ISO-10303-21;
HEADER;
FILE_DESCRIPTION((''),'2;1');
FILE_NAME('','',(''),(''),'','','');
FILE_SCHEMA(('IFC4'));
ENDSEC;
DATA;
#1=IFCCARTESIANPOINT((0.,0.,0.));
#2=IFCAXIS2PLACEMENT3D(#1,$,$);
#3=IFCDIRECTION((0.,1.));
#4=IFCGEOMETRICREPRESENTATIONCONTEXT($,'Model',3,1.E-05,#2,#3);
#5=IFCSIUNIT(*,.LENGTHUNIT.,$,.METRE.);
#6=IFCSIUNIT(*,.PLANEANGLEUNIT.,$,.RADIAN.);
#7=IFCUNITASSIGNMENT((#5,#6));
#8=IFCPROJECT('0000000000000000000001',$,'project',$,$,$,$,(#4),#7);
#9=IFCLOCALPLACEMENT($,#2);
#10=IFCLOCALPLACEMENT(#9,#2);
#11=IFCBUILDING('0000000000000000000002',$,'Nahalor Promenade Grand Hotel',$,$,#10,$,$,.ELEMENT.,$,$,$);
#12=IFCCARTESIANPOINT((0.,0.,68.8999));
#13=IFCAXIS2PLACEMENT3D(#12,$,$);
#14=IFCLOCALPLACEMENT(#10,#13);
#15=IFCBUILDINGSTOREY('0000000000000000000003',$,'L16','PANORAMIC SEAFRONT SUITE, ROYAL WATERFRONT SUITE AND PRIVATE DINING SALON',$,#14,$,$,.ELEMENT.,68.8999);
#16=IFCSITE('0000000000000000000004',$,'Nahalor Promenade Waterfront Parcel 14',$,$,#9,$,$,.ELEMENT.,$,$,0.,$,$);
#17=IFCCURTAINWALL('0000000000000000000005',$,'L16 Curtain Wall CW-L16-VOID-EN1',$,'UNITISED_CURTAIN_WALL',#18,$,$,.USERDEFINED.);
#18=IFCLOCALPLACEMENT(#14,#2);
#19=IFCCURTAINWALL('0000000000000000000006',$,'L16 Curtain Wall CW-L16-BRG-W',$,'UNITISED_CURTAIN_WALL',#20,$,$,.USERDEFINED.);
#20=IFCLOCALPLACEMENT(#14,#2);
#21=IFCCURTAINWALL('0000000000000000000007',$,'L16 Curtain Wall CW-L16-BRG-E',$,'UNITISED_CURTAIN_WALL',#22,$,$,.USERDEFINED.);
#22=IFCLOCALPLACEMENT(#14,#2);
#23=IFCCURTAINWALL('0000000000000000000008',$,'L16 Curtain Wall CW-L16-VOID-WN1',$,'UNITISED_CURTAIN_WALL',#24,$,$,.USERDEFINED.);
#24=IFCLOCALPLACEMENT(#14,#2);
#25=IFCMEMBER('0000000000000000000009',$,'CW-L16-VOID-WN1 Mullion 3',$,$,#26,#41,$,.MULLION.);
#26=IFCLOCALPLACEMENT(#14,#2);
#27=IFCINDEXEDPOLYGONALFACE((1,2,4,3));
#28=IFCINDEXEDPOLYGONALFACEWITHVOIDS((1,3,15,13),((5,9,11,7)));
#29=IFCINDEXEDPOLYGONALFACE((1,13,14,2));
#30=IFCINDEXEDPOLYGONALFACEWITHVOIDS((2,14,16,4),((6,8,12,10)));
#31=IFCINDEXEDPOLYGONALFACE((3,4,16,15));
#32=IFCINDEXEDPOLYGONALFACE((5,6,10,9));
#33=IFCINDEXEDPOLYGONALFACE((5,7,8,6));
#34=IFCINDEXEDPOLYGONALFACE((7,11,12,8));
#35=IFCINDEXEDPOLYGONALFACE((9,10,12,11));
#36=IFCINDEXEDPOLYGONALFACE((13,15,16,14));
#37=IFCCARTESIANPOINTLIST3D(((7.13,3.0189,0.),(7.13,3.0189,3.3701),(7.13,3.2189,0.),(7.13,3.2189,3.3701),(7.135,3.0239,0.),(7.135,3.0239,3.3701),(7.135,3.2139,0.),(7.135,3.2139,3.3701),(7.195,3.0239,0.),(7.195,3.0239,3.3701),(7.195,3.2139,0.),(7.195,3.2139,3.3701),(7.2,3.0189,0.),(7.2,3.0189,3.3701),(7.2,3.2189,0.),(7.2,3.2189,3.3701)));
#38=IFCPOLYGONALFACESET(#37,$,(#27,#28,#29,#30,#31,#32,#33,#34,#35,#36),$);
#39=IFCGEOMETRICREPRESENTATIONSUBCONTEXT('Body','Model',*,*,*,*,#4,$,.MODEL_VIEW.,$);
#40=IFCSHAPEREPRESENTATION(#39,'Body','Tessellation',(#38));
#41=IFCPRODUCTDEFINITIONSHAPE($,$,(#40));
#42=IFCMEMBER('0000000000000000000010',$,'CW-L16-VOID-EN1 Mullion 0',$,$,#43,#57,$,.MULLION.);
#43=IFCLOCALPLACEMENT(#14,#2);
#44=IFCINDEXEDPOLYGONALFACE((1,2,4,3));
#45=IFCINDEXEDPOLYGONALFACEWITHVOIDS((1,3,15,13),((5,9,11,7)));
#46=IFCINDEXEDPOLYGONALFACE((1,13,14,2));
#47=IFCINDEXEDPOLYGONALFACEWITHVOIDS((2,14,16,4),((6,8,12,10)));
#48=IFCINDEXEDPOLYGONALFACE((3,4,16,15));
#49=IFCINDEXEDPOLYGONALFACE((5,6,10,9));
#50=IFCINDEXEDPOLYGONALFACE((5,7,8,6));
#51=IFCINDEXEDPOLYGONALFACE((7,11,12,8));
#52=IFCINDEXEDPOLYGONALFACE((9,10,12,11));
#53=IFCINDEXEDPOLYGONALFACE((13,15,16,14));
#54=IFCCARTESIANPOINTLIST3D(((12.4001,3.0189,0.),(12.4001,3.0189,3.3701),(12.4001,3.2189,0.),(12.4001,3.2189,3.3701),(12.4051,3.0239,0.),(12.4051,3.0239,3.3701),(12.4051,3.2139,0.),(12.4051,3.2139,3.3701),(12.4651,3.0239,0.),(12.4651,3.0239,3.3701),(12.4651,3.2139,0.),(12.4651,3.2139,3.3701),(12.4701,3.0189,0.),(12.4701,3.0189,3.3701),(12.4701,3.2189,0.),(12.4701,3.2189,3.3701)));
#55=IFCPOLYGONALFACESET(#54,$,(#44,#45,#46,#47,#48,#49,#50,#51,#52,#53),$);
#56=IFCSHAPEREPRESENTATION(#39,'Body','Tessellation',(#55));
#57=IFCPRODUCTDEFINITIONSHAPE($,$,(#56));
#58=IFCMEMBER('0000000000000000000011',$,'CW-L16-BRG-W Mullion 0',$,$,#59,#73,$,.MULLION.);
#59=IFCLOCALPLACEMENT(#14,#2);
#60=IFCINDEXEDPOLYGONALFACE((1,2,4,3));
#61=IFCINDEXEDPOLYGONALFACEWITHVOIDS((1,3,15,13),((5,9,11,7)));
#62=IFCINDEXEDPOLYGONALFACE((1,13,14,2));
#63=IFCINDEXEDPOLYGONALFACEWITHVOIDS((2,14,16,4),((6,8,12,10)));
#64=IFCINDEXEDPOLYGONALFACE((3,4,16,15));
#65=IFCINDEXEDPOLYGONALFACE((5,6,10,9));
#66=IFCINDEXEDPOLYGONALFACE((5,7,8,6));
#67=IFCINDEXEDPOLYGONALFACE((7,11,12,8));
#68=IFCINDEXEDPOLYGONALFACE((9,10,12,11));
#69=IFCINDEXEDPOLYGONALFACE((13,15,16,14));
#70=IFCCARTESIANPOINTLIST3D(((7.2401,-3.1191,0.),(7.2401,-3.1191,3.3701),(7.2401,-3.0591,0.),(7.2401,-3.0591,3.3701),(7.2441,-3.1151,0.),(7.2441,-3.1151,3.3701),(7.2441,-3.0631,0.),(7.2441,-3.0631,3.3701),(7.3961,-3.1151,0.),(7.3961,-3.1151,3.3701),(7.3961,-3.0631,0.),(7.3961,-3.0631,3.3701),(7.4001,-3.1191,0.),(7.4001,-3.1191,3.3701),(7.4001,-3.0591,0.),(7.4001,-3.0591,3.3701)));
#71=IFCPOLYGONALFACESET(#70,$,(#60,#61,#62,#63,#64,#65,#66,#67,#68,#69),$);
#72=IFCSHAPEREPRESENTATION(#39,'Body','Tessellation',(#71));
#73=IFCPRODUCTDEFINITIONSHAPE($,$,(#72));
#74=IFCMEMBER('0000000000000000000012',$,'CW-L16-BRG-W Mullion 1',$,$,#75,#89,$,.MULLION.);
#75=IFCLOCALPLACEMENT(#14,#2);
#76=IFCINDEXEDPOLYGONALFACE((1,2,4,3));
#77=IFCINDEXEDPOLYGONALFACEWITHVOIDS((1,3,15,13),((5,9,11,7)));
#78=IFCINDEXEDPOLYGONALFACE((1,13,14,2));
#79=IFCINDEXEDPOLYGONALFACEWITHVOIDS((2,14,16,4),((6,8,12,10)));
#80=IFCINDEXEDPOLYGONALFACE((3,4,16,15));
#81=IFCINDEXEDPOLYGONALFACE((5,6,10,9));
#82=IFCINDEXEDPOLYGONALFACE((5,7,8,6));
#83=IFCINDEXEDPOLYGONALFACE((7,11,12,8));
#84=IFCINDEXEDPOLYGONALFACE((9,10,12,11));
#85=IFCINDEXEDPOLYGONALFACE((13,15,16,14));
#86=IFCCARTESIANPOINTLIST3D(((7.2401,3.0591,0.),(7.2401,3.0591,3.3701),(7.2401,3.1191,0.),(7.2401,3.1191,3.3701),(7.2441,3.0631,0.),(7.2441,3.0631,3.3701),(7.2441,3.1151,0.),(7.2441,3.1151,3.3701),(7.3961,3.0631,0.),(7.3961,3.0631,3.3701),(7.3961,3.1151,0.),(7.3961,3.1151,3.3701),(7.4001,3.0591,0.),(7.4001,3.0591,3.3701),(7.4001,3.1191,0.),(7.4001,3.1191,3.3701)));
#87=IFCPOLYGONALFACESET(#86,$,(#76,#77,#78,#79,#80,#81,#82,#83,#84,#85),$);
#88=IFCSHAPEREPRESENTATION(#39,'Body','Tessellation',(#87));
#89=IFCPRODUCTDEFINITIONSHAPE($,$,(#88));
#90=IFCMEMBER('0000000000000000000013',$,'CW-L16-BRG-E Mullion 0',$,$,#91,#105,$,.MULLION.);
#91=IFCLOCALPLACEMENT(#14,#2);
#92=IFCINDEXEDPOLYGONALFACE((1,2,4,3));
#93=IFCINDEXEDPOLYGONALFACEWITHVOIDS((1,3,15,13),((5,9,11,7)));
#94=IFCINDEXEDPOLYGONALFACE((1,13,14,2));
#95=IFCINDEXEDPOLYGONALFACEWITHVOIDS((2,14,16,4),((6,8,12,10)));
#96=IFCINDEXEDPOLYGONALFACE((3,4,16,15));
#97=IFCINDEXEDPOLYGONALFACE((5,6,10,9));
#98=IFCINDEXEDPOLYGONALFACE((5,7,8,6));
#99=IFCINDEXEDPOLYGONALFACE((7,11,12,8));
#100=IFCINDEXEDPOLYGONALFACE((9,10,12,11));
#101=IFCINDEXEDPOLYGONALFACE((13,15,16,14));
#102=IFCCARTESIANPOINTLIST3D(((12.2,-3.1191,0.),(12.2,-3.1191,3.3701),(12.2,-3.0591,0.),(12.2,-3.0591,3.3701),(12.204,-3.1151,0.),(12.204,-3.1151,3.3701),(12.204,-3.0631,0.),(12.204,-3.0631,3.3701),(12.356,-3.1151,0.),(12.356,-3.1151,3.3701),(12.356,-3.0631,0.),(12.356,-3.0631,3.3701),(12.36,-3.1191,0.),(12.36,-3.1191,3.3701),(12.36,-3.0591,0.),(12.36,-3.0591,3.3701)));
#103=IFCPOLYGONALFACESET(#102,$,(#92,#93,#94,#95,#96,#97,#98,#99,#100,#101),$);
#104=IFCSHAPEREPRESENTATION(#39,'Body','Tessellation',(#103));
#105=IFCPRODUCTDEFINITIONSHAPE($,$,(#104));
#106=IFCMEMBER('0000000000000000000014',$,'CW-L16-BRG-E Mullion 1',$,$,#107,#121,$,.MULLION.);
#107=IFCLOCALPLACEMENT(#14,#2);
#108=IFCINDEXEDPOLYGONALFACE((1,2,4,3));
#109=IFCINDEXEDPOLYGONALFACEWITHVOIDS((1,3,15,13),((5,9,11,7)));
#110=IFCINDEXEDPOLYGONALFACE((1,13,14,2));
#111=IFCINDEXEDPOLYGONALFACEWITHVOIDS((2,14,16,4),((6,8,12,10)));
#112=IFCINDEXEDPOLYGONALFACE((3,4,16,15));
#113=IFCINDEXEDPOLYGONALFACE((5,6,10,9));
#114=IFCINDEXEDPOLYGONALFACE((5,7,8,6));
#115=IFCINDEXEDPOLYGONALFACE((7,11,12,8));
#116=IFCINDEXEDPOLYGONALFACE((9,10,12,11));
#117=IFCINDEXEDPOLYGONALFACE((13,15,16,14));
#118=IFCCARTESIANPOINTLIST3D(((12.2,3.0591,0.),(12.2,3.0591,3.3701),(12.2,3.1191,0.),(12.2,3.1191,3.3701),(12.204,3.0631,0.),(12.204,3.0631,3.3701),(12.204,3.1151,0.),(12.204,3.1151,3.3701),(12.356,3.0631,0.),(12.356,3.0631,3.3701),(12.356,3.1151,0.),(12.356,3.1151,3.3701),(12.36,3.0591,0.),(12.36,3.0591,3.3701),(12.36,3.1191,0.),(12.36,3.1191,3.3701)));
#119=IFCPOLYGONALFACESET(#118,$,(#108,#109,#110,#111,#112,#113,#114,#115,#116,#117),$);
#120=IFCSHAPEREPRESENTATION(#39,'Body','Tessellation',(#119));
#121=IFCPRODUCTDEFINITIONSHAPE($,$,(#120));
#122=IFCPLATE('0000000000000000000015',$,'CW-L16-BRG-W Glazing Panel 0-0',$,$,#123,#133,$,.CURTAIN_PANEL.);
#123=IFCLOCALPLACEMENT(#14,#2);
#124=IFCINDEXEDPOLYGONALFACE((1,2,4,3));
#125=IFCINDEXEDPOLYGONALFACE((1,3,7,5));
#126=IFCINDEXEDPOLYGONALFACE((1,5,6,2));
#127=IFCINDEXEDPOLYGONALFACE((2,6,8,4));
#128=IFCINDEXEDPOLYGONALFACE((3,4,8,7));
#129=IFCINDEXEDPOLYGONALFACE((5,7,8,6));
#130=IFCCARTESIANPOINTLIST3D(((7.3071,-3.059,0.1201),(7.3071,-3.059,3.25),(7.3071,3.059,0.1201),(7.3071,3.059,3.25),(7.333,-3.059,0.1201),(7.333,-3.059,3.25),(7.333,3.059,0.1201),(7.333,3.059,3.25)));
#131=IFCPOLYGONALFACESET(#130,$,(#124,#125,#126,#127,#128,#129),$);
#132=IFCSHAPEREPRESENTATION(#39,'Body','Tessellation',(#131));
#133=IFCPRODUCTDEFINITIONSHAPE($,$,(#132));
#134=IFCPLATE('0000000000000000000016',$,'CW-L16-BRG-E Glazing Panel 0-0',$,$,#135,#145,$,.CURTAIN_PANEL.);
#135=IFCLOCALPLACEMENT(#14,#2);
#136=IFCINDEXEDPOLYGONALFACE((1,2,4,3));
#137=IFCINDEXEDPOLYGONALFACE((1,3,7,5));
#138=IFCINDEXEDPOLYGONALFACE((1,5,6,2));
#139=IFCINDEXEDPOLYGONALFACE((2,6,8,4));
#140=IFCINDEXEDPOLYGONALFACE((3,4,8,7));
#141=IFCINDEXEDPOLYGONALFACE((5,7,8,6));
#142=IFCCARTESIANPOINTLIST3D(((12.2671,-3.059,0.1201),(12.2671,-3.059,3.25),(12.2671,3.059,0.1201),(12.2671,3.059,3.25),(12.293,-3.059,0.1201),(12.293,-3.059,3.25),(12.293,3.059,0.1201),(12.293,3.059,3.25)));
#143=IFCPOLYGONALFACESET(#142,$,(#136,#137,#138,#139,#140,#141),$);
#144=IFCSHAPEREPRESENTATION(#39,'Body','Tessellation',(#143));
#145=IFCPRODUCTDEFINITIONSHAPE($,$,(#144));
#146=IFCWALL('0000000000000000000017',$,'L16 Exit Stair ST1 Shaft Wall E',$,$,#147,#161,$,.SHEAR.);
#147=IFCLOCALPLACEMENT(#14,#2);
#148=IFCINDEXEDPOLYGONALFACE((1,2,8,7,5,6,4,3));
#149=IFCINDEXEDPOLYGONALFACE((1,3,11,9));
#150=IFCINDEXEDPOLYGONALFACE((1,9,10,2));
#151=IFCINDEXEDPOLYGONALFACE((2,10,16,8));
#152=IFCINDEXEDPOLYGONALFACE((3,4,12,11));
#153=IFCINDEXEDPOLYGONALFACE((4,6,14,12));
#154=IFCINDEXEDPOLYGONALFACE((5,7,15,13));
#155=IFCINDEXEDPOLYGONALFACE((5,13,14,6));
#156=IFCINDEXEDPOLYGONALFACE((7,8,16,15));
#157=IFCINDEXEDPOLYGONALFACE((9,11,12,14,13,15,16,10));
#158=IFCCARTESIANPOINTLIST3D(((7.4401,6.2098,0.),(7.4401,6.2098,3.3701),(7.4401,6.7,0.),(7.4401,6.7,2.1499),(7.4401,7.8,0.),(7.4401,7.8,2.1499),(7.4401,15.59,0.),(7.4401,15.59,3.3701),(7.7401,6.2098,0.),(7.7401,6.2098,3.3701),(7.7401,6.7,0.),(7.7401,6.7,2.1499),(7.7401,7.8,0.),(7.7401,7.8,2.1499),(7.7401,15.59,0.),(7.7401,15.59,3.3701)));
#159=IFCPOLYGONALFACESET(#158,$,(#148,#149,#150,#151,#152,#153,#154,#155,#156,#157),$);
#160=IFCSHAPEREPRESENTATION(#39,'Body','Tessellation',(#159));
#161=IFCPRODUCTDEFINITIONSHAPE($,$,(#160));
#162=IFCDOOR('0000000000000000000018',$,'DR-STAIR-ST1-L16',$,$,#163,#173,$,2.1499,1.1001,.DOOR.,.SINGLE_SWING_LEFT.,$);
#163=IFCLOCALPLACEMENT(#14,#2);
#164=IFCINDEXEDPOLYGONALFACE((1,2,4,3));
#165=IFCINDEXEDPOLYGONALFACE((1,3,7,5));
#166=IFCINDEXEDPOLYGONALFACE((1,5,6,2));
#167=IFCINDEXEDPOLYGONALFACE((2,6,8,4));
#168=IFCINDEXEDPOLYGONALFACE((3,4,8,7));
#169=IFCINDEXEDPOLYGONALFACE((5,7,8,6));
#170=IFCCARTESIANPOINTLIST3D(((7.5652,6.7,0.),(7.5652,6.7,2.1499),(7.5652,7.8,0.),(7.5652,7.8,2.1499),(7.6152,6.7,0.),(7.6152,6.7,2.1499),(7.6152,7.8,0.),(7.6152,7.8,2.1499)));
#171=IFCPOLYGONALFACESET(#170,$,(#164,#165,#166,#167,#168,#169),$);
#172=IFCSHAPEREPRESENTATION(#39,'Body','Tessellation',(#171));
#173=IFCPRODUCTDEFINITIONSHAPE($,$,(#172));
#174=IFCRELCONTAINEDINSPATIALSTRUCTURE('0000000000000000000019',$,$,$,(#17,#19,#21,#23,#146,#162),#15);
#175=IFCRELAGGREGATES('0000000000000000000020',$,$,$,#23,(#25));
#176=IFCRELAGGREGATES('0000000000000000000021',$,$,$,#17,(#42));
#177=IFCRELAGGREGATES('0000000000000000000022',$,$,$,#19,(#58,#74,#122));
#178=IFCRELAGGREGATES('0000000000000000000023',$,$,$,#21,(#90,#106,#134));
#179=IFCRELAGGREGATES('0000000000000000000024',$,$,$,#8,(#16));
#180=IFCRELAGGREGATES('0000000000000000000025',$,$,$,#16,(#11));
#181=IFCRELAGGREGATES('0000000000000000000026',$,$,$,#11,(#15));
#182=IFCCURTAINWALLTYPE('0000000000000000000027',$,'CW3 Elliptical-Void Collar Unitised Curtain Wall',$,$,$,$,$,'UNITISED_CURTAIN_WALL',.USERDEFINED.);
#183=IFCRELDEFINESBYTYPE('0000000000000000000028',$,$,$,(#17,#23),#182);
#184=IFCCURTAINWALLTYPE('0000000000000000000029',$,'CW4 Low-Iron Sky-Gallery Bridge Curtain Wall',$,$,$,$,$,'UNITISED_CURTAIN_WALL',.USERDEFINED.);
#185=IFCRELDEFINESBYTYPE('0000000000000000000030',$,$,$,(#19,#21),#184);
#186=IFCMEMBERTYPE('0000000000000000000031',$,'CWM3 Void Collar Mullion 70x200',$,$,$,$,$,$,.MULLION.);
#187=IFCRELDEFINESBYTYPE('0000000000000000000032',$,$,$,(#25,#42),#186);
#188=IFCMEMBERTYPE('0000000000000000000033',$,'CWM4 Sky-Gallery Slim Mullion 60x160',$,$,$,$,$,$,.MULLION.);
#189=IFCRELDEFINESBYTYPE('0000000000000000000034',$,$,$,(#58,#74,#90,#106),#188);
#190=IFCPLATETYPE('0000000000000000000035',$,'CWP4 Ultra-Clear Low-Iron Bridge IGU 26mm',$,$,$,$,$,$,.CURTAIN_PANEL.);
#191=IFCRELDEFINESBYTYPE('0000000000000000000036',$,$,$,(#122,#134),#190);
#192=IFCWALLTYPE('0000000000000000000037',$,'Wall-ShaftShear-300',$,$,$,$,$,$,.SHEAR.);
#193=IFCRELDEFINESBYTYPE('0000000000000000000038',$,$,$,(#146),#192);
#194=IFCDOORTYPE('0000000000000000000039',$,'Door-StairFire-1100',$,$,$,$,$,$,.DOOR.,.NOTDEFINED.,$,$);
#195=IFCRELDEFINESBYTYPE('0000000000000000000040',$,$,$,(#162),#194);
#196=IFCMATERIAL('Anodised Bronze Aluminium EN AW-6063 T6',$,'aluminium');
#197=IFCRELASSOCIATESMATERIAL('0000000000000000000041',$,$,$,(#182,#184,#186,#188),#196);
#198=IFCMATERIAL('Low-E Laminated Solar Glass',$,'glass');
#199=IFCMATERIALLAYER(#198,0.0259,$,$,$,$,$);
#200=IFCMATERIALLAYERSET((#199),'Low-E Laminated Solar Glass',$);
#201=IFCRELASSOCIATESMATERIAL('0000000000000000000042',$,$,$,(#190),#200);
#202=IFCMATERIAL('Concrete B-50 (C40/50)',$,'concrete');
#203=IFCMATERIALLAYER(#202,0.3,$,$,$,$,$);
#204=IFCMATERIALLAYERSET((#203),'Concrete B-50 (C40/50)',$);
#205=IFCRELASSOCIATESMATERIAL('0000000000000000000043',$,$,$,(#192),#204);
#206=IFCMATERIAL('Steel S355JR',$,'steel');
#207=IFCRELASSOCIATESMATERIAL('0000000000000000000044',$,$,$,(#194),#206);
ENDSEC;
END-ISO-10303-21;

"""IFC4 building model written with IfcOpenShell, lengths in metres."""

from ifc_helpers import new_model, si_unit, direction, frame, frame_2d, origin, origin_2d, place, context, subcontext, project, spatial, rectangle, hollow_rectangle, extrude, source, transform, mapped, material, layer, layer_set, material_profile, profile_set, type_object, element, fill, aggregate, save


model = new_model("IFC4")

# Units and contexts
model_context = context("Model", 3, precision=1e-05, world=origin(), true_north=direction((0.0, 1.0)))
body_context = subcontext(model_context, "Body", "Model", "MODEL_VIEW")
ifc_project = project(units=[si_unit("LENGTHUNIT", "METRE"), si_unit("PLANEANGLEUNIT", "RADIAN")], contexts=[model_context])

# Site, building, storey
site_placement = place(None, origin())
site = spatial("IfcSite", under=ifc_project, at=site_placement, Name="Nahalor Promenade Waterfront Parcel 14", CompositionType="ELEMENT", RefElevation=0.0)
building_placement = place(site_placement, origin())
building = spatial("IfcBuilding", under=site, at=building_placement, Name="Nahalor Promenade Grand Hotel", CompositionType="ELEMENT")
storey_placement = place(building_placement, frame((0.0, 0.0, 68.8999)))
storey = spatial("IfcBuildingStorey", under=building, at=storey_placement, Name="L16", Description="PANORAMIC SEAFRONT SUITE, ROYAL WATERFRONT SUITE AND PRIVATE DINING SALON", CompositionType="ELEMENT", Elevation=68.8999)

# Shared definitions
ifc_material_1 = material(Name="Steel S355JR", Category="steel")

# Curtain walls
ifc_material_2 = material(Name="Anodised Bronze Aluminium EN AW-6063 T6", Category="aluminium")
curtain_wall_type_1 = type_object("IfcCurtainWallType", Name="CW3 Elliptical-Void Collar Unitised Curtain Wall", ElementType="UNITISED_CURTAIN_WALL", PredefinedType="USERDEFINED", material=ifc_material_2)
curtain_wall_1_placement = place(storey_placement, origin())
curtain_wall_1 = element("IfcCurtainWall", 1, at=curtain_wall_1_placement, inside=storey, type_object=curtain_wall_type_1, Name="L16 Curtain Wall CW-L16-VOID-EN1", ObjectType="UNITISED_CURTAIN_WALL", PredefinedType="USERDEFINED")
curtain_wall_type_2 = type_object("IfcCurtainWallType", Name="CW4 Low-Iron Sky-Gallery Bridge Curtain Wall", ElementType="UNITISED_CURTAIN_WALL", PredefinedType="USERDEFINED", material=ifc_material_2)
curtain_wall_2_placement = place(storey_placement, origin())
curtain_wall_2 = element("IfcCurtainWall", 2, at=curtain_wall_2_placement, inside=storey, type_object=curtain_wall_type_2, Name="L16 Curtain Wall CW-L16-BRG-W", ObjectType="UNITISED_CURTAIN_WALL", PredefinedType="USERDEFINED")
curtain_wall_3_placement = place(storey_placement, origin())
curtain_wall_3 = element("IfcCurtainWall", 3, at=curtain_wall_3_placement, inside=storey, type_object=curtain_wall_type_2, Name="L16 Curtain Wall CW-L16-BRG-E", ObjectType="UNITISED_CURTAIN_WALL", PredefinedType="USERDEFINED")

# Curtain wall, member
curtain_wall_4_placement = place(storey_placement, origin())
curtain_wall_4 = element("IfcCurtainWall", 4, at=curtain_wall_4_placement, inside=storey, type_object=curtain_wall_type_1, Name="L16 Curtain Wall CW-L16-VOID-WN1", ObjectType="UNITISED_CURTAIN_WALL", PredefinedType="USERDEFINED")
ifc_material_profile_1 = material_profile(ifc_material_2, hollow_rectangle(XDim=0.07, YDim=0.2, WallThickness=0.005, at=origin_2d()), Name="CWM 70x200x5")
ifc_profile_set_1 = profile_set([ifc_material_profile_1], Name="Anodised Bronze Aluminium EN AW-6063 T6")
member_type_1 = type_object("IfcMemberType", Name="CWM3 Void Collar Mullion 70x200", PredefinedType="MULLION", material=ifc_profile_set_1)
shared_shape_1 = source(origin(), body_context, "Body", "SweptSolid", [
    extrude(hollow_rectangle(XDim=0.07, YDim=0.2, WallThickness=0.005, at=origin_2d()), origin(), (0.0, 0.0, 1.0), 3.3701),
])
member_1_placement = place(storey_placement, frame((7.165, 3.1189, 0.0), z_axis=(0.0, 0.0, 1.0), x_axis=(1.0, 0.0, 0.0)))
member_1 = element("IfcMember", 5, at=member_1_placement, type_object=member_type_1, Name="CW-L16-VOID-WN1 Mullion 3", PredefinedType="MULLION", context=body_context, shape_type="MappedRepresentation", body=[
    mapped(shared_shape_1, transform((0.0, 0.0, 0.0), scale=1.0)),
])
aggregate(curtain_wall_4, [member_1])

# Members
member_2_placement = place(storey_placement, frame((12.4351, 3.1189, 0.0), z_axis=(0.0, 0.0, 1.0), x_axis=(1.0, 0.0, 0.0)))
member_2 = element("IfcMember", 6, at=member_2_placement, type_object=member_type_1, Name="CW-L16-VOID-EN1 Mullion 0", PredefinedType="MULLION", context=body_context, shape_type="MappedRepresentation", body=[
    mapped(shared_shape_1, transform((0.0, 0.0, 0.0), scale=1.0)),
])
aggregate(curtain_wall_1, [member_2])
ifc_material_profile_2 = material_profile(ifc_material_2, hollow_rectangle(XDim=0.06, YDim=0.16, WallThickness=0.004, at=origin_2d()), Name="CWM 60x160x4")
ifc_profile_set_2 = profile_set([ifc_material_profile_2], Name="Anodised Bronze Aluminium EN AW-6063 T6")
member_type_2 = type_object("IfcMemberType", Name="CWM4 Sky-Gallery Slim Mullion 60x160", PredefinedType="MULLION", material=ifc_profile_set_2)
shared_shape_2 = source(origin(), body_context, "Body", "SweptSolid", [
    extrude(hollow_rectangle(XDim=0.06, YDim=0.16, WallThickness=0.004, at=origin_2d()), origin(), (0.0, 0.0, 1.0), 3.3701),
])
member_3_placement = place(storey_placement, frame((7.3201, -3.0891, 0.0), z_axis=(0.0, 0.0, 1.0), x_axis=(0.0, 1.0, 0.0)))
member_3 = element("IfcMember", 7, at=member_3_placement, type_object=member_type_2, Name="CW-L16-BRG-W Mullion 0", PredefinedType="MULLION", context=body_context, shape_type="MappedRepresentation", body=[
    mapped(shared_shape_2, transform((0.0, 0.0, 0.0), scale=1.0)),
])
member_4_placement = place(storey_placement, frame((7.3201, 3.0891, 0.0), z_axis=(0.0, 0.0, 1.0), x_axis=(0.0, 1.0, 0.0)))
member_4 = element("IfcMember", 8, at=member_4_placement, type_object=member_type_2, Name="CW-L16-BRG-W Mullion 1", PredefinedType="MULLION", context=body_context, shape_type="MappedRepresentation", body=[
    mapped(shared_shape_2, transform((0.0, 0.0, 0.0), scale=1.0)),
])
member_5_placement = place(storey_placement, frame((12.28, -3.0891, 0.0), z_axis=(0.0, 0.0, 1.0), x_axis=(0.0, 1.0, 0.0)))
member_5 = element("IfcMember", 9, at=member_5_placement, type_object=member_type_2, Name="CW-L16-BRG-E Mullion 0", PredefinedType="MULLION", context=body_context, shape_type="MappedRepresentation", body=[
    mapped(shared_shape_2, transform((0.0, 0.0, 0.0), scale=1.0)),
])
member_6_placement = place(storey_placement, frame((12.28, 3.0891, 0.0), z_axis=(0.0, 0.0, 1.0), x_axis=(0.0, 1.0, 0.0)))
member_6 = element("IfcMember", 10, at=member_6_placement, type_object=member_type_2, Name="CW-L16-BRG-E Mullion 1", PredefinedType="MULLION", context=body_context, shape_type="MappedRepresentation", body=[
    mapped(shared_shape_2, transform((0.0, 0.0, 0.0), scale=1.0)),
])

# Plates
ifc_material_3 = material(Name="Low-E Laminated Solar Glass", Category="glass")
ifc_layer_1 = layer(ifc_material_3, 0.0259)
ifc_layer_set_1 = layer_set([ifc_layer_1], Name="Low-E Laminated Solar Glass")
plate_type = type_object("IfcPlateType", Name="CWP4 Ultra-Clear Low-Iron Bridge IGU 26mm", PredefinedType="CURTAIN_PANEL", material=ifc_layer_set_1)
shared_shape_3 = source(origin(), body_context, "Body", "SweptSolid", [
    extrude(rectangle(XDim=6.1179, YDim=0.0259, at=origin_2d()), origin(), (0.0, 0.0, 1.0), 3.1299),
])
plate_1_placement = place(storey_placement, frame((7.3201, 0.0, 0.1201), z_axis=(0.0, 0.0, 1.0), x_axis=(0.0, 1.0, 0.0)))
plate_1 = element("IfcPlate", 11, at=plate_1_placement, type_object=plate_type, Name="CW-L16-BRG-W Glazing Panel 0-0", PredefinedType="CURTAIN_PANEL", context=body_context, shape_type="MappedRepresentation", body=[
    mapped(shared_shape_3, transform((0.0, 0.0, 0.0), scale=1.0)),
])
aggregate(curtain_wall_2, [member_3, member_4, plate_1])
plate_2_placement = place(storey_placement, frame((12.28, 0.0, 0.1201), z_axis=(0.0, 0.0, 1.0), x_axis=(0.0, 1.0, 0.0)))
plate_2 = element("IfcPlate", 12, at=plate_2_placement, type_object=plate_type, Name="CW-L16-BRG-E Glazing Panel 0-0", PredefinedType="CURTAIN_PANEL", context=body_context, shape_type="MappedRepresentation", body=[
    mapped(shared_shape_3, transform((0.0, 0.0, 0.0), scale=1.0)),
])
aggregate(curtain_wall_3, [member_5, member_6, plate_2])

# Wall, opening, door
ifc_material_4 = material(Name="Concrete B-50 (C40/50)", Category="concrete")
ifc_layer_2 = layer(ifc_material_4, 0.3)
ifc_layer_set_2 = layer_set([ifc_layer_2], Name="Concrete B-50 (C40/50)")
wall_type_1 = type_object("IfcWallType", Name="Wall-ShaftShear-300", PredefinedType="SHEAR", material=ifc_layer_set_2)
shared_shape_4 = source(origin(), body_context, "Body", "SweptSolid", [
    extrude(rectangle(XDim=9.3801, YDim=0.3, at=frame_2d((4.6899, 0.0))), origin(), (0.0, 0.0, 1.0), 3.3701),
])
wall_1_placement = place(storey_placement, frame((7.5901, 6.21, 0.0), z_axis=(0.0, 0.0, 1.0), x_axis=(0.0, 1.0, 0.0)))
wall_1 = element("IfcWall", 13, at=wall_1_placement, inside=storey, type_object=wall_type_1, Name="L16 Exit Stair ST1 Shaft Wall E", PredefinedType="SHEAR", context=body_context, shape_type="MappedRepresentation", body=[
    mapped(shared_shape_4, transform((0.0, 0.0, 0.0), scale=1.0)),
])
opening_1_placement = place(wall_1_placement, frame((0.49, 0.0, 0.0)))
opening_1 = element("IfcOpeningElement", 14, at=opening_1_placement, cuts=wall_1, PredefinedType="OPENING", context=body_context, shape_type="SweptSolid", body=[
    extrude(rectangle(XDim=1.1001, YDim=2.1499, at=frame_2d((0.55, 1.075))), frame((0.0, 0.1599, 0.0), z_axis=(0.0, -1.0, 0.0), x_axis=(1.0, 0.0, 0.0)), (0.0, 0.0, 1.0), 0.3201),
])
door_type_1 = type_object("IfcDoorType", Name="Door-StairFire-1100", OperationType="NOTDEFINED", PredefinedType="DOOR", material=ifc_material_1)
shared_shape_5 = source(origin(), body_context, "Body", "SweptSolid", [
    extrude(rectangle(XDim=1.1001, YDim=2.1499, at=frame_2d((0.55, 1.075))), frame((0.0, 0.0249, 0.0), z_axis=(0.0, -1.0, 0.0), x_axis=(1.0, 0.0, 0.0)), (0.0, 0.0, 1.0), 0.05),
])
door_1_placement = place(opening_1_placement, origin())
door_1 = element("IfcDoor", 15, at=door_1_placement, inside=storey, type_object=door_type_1, Name="DR-STAIR-ST1-L16", OperationType="SINGLE_SWING_LEFT", OverallHeight=2.1499, OverallWidth=1.1001, PredefinedType="DOOR", context=body_context, shape_type="MappedRepresentation", body=[
    mapped(shared_shape_5, transform((0.0, 0.0, 0.0), scale=1.0)),
])
fill(opening_1, door_1)

save(model, "model.ifc")
